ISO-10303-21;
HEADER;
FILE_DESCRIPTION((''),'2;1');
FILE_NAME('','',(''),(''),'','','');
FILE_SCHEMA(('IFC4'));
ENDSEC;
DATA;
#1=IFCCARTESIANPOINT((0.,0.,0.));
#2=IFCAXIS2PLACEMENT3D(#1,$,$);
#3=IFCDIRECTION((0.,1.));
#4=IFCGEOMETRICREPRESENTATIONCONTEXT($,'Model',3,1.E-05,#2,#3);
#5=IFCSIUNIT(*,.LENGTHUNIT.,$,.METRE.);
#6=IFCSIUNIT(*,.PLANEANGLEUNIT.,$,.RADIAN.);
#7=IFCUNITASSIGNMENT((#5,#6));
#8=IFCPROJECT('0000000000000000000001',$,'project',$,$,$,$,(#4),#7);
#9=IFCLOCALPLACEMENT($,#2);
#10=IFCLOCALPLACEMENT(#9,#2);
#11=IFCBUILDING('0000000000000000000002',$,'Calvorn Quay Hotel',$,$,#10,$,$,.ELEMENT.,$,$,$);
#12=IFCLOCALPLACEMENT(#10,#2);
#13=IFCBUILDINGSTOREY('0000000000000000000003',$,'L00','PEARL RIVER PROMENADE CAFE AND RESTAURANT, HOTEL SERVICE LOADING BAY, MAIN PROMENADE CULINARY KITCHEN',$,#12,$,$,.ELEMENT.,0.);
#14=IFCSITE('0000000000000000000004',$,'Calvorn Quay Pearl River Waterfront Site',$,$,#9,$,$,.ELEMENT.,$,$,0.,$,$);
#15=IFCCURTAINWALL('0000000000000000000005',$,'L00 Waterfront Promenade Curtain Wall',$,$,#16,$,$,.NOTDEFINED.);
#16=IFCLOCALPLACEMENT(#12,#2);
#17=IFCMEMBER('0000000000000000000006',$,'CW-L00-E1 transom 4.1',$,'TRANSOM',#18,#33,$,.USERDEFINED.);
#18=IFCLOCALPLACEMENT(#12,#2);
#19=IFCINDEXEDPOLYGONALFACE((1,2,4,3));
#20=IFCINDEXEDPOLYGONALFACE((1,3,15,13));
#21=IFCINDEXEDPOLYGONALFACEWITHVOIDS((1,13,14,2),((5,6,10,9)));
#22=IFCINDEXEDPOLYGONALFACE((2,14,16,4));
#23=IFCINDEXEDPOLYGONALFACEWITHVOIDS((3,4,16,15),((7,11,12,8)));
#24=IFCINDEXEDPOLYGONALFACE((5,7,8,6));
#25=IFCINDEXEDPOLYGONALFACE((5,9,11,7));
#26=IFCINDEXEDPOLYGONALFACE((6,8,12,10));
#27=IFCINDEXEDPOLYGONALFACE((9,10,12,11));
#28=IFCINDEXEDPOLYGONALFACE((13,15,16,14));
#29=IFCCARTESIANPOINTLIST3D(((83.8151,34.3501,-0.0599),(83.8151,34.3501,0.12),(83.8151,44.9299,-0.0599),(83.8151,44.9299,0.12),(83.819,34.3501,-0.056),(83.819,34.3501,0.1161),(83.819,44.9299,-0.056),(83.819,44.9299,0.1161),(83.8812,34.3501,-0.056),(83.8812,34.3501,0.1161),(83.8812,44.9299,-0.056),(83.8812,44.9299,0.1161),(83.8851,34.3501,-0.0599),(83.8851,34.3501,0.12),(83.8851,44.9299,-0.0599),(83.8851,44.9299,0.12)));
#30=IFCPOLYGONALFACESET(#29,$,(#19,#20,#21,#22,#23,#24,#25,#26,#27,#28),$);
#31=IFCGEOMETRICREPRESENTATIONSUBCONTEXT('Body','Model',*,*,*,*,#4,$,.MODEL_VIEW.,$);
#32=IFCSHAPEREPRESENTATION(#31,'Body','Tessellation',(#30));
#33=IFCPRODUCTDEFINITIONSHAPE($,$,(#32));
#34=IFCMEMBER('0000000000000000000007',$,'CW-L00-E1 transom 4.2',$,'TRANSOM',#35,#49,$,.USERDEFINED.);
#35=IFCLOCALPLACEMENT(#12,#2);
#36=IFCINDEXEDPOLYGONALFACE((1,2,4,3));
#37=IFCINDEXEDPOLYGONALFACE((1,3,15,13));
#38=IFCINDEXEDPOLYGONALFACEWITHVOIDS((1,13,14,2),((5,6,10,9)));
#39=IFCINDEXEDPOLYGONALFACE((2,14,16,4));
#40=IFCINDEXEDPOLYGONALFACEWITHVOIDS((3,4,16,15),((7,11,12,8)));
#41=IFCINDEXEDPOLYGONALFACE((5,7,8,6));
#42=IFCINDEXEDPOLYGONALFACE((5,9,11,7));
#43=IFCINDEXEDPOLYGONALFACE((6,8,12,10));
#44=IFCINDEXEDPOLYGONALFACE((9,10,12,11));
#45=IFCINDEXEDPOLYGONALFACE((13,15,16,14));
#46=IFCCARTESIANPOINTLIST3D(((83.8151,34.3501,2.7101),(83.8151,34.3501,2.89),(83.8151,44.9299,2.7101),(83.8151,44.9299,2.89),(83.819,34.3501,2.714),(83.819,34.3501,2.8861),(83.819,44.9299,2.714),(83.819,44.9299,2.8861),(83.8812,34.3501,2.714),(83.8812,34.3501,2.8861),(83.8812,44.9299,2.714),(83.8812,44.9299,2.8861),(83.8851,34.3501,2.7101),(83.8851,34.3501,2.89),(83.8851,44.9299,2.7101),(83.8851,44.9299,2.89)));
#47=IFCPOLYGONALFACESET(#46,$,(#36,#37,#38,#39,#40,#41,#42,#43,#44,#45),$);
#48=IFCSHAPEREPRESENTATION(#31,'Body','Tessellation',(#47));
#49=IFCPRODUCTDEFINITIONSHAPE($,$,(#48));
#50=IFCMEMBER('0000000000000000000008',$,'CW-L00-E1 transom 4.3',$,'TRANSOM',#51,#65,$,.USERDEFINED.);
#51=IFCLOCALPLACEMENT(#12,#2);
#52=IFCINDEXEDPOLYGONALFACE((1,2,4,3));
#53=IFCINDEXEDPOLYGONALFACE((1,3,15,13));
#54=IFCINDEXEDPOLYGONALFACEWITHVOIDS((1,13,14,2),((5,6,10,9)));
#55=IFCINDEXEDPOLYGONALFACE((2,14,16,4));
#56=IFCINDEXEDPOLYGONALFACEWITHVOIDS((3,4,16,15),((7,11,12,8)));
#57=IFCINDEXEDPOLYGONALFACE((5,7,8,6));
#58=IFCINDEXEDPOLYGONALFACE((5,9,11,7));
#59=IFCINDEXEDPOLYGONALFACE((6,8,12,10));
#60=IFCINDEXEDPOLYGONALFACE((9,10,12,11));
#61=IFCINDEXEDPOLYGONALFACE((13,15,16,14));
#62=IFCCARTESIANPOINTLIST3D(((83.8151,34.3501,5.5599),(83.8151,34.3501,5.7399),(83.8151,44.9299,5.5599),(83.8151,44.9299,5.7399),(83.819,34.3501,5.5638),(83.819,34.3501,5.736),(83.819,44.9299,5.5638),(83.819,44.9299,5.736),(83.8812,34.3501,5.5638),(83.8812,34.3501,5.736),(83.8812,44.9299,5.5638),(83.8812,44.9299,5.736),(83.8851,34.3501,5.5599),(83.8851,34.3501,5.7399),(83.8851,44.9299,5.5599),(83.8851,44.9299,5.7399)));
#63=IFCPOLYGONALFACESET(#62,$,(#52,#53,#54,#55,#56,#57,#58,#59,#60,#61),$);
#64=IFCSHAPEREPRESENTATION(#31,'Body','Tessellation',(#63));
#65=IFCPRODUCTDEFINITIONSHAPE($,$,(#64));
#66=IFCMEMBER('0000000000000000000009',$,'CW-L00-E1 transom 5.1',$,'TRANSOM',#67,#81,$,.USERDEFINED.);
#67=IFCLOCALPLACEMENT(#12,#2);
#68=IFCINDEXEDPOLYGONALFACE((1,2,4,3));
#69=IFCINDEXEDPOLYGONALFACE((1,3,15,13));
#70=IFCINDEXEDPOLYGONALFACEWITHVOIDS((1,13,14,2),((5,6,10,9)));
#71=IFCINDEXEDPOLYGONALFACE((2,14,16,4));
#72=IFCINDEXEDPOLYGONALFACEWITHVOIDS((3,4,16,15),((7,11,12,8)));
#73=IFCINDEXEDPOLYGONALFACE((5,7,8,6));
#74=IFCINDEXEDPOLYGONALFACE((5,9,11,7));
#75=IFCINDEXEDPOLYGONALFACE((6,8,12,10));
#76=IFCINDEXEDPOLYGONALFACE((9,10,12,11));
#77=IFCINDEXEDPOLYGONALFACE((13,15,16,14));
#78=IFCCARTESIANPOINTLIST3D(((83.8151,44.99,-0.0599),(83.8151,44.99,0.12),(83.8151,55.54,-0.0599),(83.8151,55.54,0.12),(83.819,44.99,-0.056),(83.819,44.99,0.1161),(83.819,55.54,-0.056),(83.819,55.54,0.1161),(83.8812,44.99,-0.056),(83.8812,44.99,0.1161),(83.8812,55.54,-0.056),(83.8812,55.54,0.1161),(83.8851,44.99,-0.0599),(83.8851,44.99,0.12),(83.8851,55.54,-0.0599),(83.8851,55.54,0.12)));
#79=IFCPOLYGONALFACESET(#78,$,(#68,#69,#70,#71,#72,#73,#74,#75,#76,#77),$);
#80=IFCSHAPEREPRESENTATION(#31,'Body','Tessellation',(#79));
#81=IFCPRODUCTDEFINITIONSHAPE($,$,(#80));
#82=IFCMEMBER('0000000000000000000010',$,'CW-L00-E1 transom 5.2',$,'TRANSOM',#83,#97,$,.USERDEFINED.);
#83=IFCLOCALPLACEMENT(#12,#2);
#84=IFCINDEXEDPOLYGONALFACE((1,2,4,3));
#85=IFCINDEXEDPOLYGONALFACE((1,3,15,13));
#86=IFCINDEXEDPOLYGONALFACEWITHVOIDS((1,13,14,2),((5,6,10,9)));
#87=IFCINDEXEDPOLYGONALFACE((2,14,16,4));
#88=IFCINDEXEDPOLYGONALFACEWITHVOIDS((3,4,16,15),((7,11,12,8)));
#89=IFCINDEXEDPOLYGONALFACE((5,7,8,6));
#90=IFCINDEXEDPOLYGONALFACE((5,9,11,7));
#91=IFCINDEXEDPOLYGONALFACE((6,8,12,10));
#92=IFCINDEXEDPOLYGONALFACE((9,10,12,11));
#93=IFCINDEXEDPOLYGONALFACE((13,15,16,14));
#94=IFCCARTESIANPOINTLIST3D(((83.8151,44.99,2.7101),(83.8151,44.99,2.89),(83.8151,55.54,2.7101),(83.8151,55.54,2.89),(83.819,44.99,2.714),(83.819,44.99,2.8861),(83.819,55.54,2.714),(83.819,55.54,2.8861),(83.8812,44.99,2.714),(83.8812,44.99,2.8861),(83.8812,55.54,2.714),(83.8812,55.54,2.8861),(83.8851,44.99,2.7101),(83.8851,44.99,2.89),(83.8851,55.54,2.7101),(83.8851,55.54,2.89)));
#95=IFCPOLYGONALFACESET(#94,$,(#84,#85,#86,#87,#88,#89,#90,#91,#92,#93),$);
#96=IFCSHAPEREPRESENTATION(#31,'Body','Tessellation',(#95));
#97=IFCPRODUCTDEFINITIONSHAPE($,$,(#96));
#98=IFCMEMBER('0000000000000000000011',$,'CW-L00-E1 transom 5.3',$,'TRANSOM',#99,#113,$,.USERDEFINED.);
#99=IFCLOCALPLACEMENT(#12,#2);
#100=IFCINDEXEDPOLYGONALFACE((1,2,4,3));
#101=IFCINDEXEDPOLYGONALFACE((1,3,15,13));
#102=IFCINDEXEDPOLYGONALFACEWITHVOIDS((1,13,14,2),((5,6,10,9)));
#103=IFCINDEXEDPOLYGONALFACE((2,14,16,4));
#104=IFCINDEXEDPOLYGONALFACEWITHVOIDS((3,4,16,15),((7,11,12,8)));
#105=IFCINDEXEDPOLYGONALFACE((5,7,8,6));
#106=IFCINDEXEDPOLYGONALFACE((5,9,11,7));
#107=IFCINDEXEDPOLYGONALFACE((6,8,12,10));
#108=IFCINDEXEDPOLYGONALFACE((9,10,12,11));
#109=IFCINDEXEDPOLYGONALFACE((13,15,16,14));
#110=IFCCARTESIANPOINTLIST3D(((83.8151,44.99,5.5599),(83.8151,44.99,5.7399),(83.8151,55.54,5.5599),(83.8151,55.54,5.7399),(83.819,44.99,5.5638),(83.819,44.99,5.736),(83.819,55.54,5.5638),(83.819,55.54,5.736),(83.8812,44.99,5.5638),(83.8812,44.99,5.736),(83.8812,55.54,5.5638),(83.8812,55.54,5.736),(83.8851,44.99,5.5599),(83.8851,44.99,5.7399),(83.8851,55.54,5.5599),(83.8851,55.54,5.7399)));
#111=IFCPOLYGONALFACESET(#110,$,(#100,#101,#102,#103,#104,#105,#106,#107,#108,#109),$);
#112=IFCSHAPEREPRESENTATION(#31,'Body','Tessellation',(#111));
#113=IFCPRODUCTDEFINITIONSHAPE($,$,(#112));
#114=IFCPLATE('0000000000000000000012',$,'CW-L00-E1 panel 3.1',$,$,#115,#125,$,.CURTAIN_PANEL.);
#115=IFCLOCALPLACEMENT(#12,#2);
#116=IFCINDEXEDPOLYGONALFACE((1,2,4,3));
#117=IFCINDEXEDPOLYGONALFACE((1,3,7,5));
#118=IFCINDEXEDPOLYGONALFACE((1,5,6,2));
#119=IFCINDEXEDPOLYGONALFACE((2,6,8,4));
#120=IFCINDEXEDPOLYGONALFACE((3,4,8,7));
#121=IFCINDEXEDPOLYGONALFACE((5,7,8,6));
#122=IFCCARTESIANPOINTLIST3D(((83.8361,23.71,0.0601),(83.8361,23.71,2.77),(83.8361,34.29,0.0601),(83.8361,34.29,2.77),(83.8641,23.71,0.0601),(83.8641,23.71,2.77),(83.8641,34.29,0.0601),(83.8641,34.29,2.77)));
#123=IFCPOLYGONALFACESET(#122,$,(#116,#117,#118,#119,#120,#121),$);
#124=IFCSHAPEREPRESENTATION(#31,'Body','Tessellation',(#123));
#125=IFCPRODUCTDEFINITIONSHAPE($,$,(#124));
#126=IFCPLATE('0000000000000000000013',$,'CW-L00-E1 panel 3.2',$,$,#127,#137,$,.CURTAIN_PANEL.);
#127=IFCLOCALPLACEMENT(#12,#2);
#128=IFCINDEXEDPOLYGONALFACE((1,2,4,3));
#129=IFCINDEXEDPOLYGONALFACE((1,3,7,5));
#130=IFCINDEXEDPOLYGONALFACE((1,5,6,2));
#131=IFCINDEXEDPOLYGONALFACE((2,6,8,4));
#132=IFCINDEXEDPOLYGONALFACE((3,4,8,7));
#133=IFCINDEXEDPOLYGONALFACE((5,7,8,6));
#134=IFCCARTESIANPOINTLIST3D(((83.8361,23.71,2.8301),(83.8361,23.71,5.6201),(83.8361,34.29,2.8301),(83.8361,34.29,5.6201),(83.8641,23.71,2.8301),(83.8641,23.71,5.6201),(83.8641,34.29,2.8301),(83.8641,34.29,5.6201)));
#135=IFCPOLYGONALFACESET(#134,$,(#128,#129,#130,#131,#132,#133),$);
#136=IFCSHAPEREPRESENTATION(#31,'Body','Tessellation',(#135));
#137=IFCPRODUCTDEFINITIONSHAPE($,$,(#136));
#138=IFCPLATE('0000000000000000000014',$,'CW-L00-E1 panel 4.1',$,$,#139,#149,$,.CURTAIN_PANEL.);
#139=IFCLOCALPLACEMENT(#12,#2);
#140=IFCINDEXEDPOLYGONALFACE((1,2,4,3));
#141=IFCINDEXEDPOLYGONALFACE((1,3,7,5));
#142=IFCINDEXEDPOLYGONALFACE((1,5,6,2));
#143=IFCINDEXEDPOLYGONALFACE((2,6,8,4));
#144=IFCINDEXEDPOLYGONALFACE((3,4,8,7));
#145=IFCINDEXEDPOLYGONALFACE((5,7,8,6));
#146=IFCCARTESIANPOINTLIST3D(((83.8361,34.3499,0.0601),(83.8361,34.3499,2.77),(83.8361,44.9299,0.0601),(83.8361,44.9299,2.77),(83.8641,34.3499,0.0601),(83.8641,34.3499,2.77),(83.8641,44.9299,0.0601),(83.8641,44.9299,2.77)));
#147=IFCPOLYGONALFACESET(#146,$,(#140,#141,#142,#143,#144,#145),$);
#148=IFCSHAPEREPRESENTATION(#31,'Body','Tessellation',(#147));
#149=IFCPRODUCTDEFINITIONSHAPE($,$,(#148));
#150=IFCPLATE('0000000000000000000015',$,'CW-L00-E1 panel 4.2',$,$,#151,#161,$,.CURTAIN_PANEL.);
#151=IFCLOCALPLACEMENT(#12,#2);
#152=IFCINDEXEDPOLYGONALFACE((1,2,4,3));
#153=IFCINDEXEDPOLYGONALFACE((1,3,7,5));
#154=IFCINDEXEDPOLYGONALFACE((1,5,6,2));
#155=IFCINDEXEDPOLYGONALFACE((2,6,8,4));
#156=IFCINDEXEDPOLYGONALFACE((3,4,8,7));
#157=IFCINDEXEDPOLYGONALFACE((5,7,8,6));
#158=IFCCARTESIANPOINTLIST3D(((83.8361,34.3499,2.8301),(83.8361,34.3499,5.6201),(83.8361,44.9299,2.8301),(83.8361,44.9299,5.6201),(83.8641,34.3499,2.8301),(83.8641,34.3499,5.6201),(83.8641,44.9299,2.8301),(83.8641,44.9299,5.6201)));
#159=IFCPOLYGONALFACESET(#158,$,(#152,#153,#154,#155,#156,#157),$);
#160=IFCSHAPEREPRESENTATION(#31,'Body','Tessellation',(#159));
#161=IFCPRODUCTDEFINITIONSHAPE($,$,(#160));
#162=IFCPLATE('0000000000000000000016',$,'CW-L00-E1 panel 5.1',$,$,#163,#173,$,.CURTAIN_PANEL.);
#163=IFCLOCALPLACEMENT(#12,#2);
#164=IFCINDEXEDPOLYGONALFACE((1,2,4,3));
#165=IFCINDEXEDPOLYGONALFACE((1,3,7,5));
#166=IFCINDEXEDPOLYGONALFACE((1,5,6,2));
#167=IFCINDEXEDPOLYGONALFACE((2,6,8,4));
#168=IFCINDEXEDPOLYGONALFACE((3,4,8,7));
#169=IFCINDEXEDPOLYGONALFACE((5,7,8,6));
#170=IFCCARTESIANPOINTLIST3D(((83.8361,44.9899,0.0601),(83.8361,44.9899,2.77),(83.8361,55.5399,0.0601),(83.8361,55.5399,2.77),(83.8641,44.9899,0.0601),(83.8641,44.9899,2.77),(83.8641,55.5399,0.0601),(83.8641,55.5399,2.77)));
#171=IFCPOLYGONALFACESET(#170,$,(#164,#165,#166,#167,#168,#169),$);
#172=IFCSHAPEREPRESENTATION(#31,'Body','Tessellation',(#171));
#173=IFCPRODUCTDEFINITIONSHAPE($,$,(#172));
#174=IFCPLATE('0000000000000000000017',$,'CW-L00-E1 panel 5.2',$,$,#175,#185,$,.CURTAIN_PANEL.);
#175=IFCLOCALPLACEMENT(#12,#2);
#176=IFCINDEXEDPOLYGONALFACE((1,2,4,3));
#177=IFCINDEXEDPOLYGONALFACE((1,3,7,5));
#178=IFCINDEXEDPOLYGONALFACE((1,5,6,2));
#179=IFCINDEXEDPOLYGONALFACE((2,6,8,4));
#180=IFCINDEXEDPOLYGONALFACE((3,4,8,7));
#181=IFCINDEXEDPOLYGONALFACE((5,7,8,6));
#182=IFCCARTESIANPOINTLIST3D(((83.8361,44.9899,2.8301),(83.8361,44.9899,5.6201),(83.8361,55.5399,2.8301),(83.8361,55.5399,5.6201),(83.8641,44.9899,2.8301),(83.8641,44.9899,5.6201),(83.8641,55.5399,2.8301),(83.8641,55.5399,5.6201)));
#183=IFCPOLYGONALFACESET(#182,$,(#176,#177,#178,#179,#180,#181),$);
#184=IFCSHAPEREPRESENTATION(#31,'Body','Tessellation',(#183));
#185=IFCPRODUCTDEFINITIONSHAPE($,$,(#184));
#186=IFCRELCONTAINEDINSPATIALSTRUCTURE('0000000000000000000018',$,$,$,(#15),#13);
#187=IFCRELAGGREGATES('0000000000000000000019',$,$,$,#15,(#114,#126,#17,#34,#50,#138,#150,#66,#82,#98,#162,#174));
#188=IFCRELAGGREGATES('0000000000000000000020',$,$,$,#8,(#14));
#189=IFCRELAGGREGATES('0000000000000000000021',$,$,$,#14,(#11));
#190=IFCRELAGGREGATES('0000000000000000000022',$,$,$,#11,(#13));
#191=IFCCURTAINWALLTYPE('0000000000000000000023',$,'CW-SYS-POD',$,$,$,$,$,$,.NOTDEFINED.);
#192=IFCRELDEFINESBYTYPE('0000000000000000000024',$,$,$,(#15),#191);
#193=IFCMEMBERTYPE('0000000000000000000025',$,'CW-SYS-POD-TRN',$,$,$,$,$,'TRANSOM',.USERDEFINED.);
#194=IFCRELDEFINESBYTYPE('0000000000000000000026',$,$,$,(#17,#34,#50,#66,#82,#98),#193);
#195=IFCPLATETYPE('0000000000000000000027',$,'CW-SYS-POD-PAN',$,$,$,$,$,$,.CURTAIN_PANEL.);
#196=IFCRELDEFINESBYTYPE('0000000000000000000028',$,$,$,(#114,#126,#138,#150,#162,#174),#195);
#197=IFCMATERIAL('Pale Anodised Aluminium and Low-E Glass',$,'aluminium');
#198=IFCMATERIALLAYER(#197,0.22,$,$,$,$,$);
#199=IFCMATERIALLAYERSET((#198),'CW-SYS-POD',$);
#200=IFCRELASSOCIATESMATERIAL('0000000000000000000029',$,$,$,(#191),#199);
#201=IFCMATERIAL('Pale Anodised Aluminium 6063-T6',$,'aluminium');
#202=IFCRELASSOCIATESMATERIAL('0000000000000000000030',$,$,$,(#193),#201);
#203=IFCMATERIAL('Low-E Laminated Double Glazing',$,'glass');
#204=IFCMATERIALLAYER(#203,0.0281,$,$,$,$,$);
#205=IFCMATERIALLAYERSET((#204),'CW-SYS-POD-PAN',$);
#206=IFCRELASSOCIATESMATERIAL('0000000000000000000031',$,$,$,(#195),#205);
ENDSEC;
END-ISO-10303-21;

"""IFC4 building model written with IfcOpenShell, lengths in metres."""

from ifc_helpers import new_model, si_unit, direction, frame, origin, origin_2d, place, context, subcontext, project, spatial, rectangle, hollow_rectangle, extrude, material, layer, layer_set, material_profile, profile_set, type_object, element, aggregate, save


model = new_model("IFC4")

# Units and contexts
model_context = context("Model", 3, precision=1e-05, world=origin(), true_north=direction((0.0, 1.0)))
body_context = subcontext(model_context, "Body", "Model", "MODEL_VIEW")
ifc_project = project(units=[si_unit("LENGTHUNIT", "METRE"), si_unit("PLANEANGLEUNIT", "RADIAN")], contexts=[model_context])

# Site, building, storey
site_placement = place(None, origin())
site = spatial("IfcSite", under=ifc_project, at=site_placement, Name="Calvorn Quay Pearl River Waterfront Site", CompositionType="ELEMENT", RefElevation=0.0)
building_placement = place(site_placement, origin())
building = spatial("IfcBuilding", under=site, at=building_placement, Name="Calvorn Quay Hotel", CompositionType="ELEMENT")
storey_placement = place(building_placement, origin())
storey = spatial("IfcBuildingStorey", under=building, at=storey_placement, Name="L00", Description="PEARL RIVER PROMENADE CAFE AND RESTAURANT, HOTEL SERVICE LOADING BAY, MAIN PROMENADE CULINARY KITCHEN", CompositionType="ELEMENT", Elevation=0.0)

# Curtain wall, members, plates
ifc_material_1 = material(Name="Pale Anodised Aluminium and Low-E Glass", Category="aluminium")
ifc_layer_1 = layer(ifc_material_1, 0.22)
ifc_layer_set_1 = layer_set([ifc_layer_1], Name="CW-SYS-POD")
curtain_wall_type = type_object("IfcCurtainWallType", Name="CW-SYS-POD", PredefinedType="NOTDEFINED", material=ifc_layer_set_1)
curtain_wall_placement = place(storey_placement, origin())
curtain_wall = element("IfcCurtainWall", 1, at=curtain_wall_placement, inside=storey, type_object=curtain_wall_type, Name="L00 Waterfront Promenade Curtain Wall", PredefinedType="NOTDEFINED")
ifc_material_2 = material(Name="Pale Anodised Aluminium 6063-T6", Category="aluminium")
ifc_material_profile_1 = material_profile(ifc_material_2, hollow_rectangle(XDim=0.0701, YDim=0.1799, WallThickness=0.0039, at=origin_2d()), Name="ALU-T180x70x4")
ifc_profile_set_1 = profile_set([ifc_material_profile_1], Name="Pale Anodised Aluminium 6063-T6")
member_type_1 = type_object("IfcMemberType", Name="CW-SYS-POD-TRN", ElementType="TRANSOM", PredefinedType="USERDEFINED", material=ifc_profile_set_1)
member_1_placement = place(storey_placement, frame((83.8501, 34.3501, 0.03), z_axis=(0.0, 1.0, 0.0), x_axis=(-1.0, 0.0, 0.0)))
member_1 = element("IfcMember", 2, at=member_1_placement, type_object=member_type_1, Name="CW-L00-E1 transom 4.1", ObjectType="TRANSOM", PredefinedType="USERDEFINED", context=body_context, shape_type="SweptSolid", body=[
    extrude(hollow_rectangle(XDim=0.0701, YDim=0.1799, WallThickness=0.0039, at=origin_2d()), origin(), (0.0, 0.0, 1.0), 10.5798),
])
member_2_placement = place(storey_placement, frame((83.8501, 34.3501, 2.8), z_axis=(0.0, 1.0, 0.0), x_axis=(-1.0, 0.0, 0.0)))
member_2 = element("IfcMember", 3, at=member_2_placement, type_object=member_type_1, Name="CW-L00-E1 transom 4.2", ObjectType="TRANSOM", PredefinedType="USERDEFINED", context=body_context, shape_type="SweptSolid", body=[
    extrude(hollow_rectangle(XDim=0.0701, YDim=0.1799, WallThickness=0.0039, at=origin_2d()), origin(), (0.0, 0.0, 1.0), 10.5798),
])
member_3_placement = place(storey_placement, frame((83.8501, 34.3501, 5.6499), z_axis=(0.0, 1.0, 0.0), x_axis=(-1.0, 0.0, 0.0)))
member_3 = element("IfcMember", 4, at=member_3_placement, type_object=member_type_1, Name="CW-L00-E1 transom 4.3", ObjectType="TRANSOM", PredefinedType="USERDEFINED", context=body_context, shape_type="SweptSolid", body=[
    extrude(hollow_rectangle(XDim=0.0701, YDim=0.1799, WallThickness=0.0039, at=origin_2d()), origin(), (0.0, 0.0, 1.0), 10.5798),
])
member_4_placement = place(storey_placement, frame((83.8501, 44.99, 0.03), z_axis=(0.0, 1.0, 0.0), x_axis=(-1.0, 0.0, 0.0)))
member_4 = element("IfcMember", 5, at=member_4_placement, type_object=member_type_1, Name="CW-L00-E1 transom 5.1", ObjectType="TRANSOM", PredefinedType="USERDEFINED", context=body_context, shape_type="SweptSolid", body=[
    extrude(hollow_rectangle(XDim=0.0701, YDim=0.1799, WallThickness=0.0039, at=origin_2d()), origin(), (0.0, 0.0, 1.0), 10.55),
])
member_5_placement = place(storey_placement, frame((83.8501, 44.99, 2.8), z_axis=(0.0, 1.0, 0.0), x_axis=(-1.0, 0.0, 0.0)))
member_5 = element("IfcMember", 6, at=member_5_placement, type_object=member_type_1, Name="CW-L00-E1 transom 5.2", ObjectType="TRANSOM", PredefinedType="USERDEFINED", context=body_context, shape_type="SweptSolid", body=[
    extrude(hollow_rectangle(XDim=0.0701, YDim=0.1799, WallThickness=0.0039, at=origin_2d()), origin(), (0.0, 0.0, 1.0), 10.55),
])
member_6_placement = place(storey_placement, frame((83.8501, 44.99, 5.6499), z_axis=(0.0, 1.0, 0.0), x_axis=(-1.0, 0.0, 0.0)))
member_6 = element("IfcMember", 7, at=member_6_placement, type_object=member_type_1, Name="CW-L00-E1 transom 5.3", ObjectType="TRANSOM", PredefinedType="USERDEFINED", context=body_context, shape_type="SweptSolid", body=[
    extrude(hollow_rectangle(XDim=0.0701, YDim=0.1799, WallThickness=0.0039, at=origin_2d()), origin(), (0.0, 0.0, 1.0), 10.55),
])
ifc_material_3 = material(Name="Low-E Laminated Double Glazing", Category="glass")
ifc_layer_2 = layer(ifc_material_3, 0.0281)
ifc_layer_set_2 = layer_set([ifc_layer_2], Name="CW-SYS-POD-PAN")
plate_type = type_object("IfcPlateType", Name="CW-SYS-POD-PAN", PredefinedType="CURTAIN_PANEL", material=ifc_layer_set_2)
plate_1_placement = place(storey_placement, frame((83.8501, 29.0, 0.0601), z_axis=(0.0, 0.0, 1.0), x_axis=(0.0, 1.0, 0.0)))
plate_1 = element("IfcPlate", 8, at=plate_1_placement, type_object=plate_type, Name="CW-L00-E1 panel 3.1", PredefinedType="CURTAIN_PANEL", context=body_context, shape_type="SweptSolid", body=[
    extrude(rectangle(XDim=10.5801, YDim=0.0281, at=origin_2d()), origin(), (0.0, 0.0, 1.0), 2.71),
])
plate_2_placement = place(storey_placement, frame((83.8501, 29.0, 2.8301), z_axis=(0.0, 0.0, 1.0), x_axis=(0.0, 1.0, 0.0)))
plate_2 = element("IfcPlate", 9, at=plate_2_placement, type_object=plate_type, Name="CW-L00-E1 panel 3.2", PredefinedType="CURTAIN_PANEL", context=body_context, shape_type="SweptSolid", body=[
    extrude(rectangle(XDim=10.5801, YDim=0.0281, at=origin_2d()), origin(), (0.0, 0.0, 1.0), 2.79),
])
plate_3_placement = place(storey_placement, frame((83.8501, 39.6399, 0.0601), z_axis=(0.0, 0.0, 1.0), x_axis=(0.0, 1.0, 0.0)))
plate_3 = element("IfcPlate", 10, at=plate_3_placement, type_object=plate_type, Name="CW-L00-E1 panel 4.1", PredefinedType="CURTAIN_PANEL", context=body_context, shape_type="SweptSolid", body=[
    extrude(rectangle(XDim=10.5801, YDim=0.0281, at=origin_2d()), origin(), (0.0, 0.0, 1.0), 2.71),
])
plate_4_placement = place(storey_placement, frame((83.8501, 39.6399, 2.8301), z_axis=(0.0, 0.0, 1.0), x_axis=(0.0, 1.0, 0.0)))
plate_4 = element("IfcPlate", 11, at=plate_4_placement, type_object=plate_type, Name="CW-L00-E1 panel 4.2", PredefinedType="CURTAIN_PANEL", context=body_context, shape_type="SweptSolid", body=[
    extrude(rectangle(XDim=10.5801, YDim=0.0281, at=origin_2d()), origin(), (0.0, 0.0, 1.0), 2.79),
])
plate_5_placement = place(storey_placement, frame((83.8501, 50.2649, 0.0601), z_axis=(0.0, 0.0, 1.0), x_axis=(0.0, 1.0, 0.0)))
plate_5 = element("IfcPlate", 12, at=plate_5_placement, type_object=plate_type, Name="CW-L00-E1 panel 5.1", PredefinedType="CURTAIN_PANEL", context=body_context, shape_type="SweptSolid", body=[
    extrude(rectangle(XDim=10.55, YDim=0.0281, at=origin_2d()), origin(), (0.0, 0.0, 1.0), 2.71),
])
plate_6_placement = place(storey_placement, frame((83.8501, 50.2649, 2.8301), z_axis=(0.0, 0.0, 1.0), x_axis=(0.0, 1.0, 0.0)))
plate_6 = element("IfcPlate", 13, at=plate_6_placement, type_object=plate_type, Name="CW-L00-E1 panel 5.2", PredefinedType="CURTAIN_PANEL", context=body_context, shape_type="SweptSolid", body=[
    extrude(rectangle(XDim=10.55, YDim=0.0281, at=origin_2d()), origin(), (0.0, 0.0, 1.0), 2.79),
])
aggregate(curtain_wall, [plate_1, plate_2, member_1, member_2, member_3, plate_3, plate_4, member_4, member_5, member_6, plate_5, plate_6])

save(model, "model.ifc")
